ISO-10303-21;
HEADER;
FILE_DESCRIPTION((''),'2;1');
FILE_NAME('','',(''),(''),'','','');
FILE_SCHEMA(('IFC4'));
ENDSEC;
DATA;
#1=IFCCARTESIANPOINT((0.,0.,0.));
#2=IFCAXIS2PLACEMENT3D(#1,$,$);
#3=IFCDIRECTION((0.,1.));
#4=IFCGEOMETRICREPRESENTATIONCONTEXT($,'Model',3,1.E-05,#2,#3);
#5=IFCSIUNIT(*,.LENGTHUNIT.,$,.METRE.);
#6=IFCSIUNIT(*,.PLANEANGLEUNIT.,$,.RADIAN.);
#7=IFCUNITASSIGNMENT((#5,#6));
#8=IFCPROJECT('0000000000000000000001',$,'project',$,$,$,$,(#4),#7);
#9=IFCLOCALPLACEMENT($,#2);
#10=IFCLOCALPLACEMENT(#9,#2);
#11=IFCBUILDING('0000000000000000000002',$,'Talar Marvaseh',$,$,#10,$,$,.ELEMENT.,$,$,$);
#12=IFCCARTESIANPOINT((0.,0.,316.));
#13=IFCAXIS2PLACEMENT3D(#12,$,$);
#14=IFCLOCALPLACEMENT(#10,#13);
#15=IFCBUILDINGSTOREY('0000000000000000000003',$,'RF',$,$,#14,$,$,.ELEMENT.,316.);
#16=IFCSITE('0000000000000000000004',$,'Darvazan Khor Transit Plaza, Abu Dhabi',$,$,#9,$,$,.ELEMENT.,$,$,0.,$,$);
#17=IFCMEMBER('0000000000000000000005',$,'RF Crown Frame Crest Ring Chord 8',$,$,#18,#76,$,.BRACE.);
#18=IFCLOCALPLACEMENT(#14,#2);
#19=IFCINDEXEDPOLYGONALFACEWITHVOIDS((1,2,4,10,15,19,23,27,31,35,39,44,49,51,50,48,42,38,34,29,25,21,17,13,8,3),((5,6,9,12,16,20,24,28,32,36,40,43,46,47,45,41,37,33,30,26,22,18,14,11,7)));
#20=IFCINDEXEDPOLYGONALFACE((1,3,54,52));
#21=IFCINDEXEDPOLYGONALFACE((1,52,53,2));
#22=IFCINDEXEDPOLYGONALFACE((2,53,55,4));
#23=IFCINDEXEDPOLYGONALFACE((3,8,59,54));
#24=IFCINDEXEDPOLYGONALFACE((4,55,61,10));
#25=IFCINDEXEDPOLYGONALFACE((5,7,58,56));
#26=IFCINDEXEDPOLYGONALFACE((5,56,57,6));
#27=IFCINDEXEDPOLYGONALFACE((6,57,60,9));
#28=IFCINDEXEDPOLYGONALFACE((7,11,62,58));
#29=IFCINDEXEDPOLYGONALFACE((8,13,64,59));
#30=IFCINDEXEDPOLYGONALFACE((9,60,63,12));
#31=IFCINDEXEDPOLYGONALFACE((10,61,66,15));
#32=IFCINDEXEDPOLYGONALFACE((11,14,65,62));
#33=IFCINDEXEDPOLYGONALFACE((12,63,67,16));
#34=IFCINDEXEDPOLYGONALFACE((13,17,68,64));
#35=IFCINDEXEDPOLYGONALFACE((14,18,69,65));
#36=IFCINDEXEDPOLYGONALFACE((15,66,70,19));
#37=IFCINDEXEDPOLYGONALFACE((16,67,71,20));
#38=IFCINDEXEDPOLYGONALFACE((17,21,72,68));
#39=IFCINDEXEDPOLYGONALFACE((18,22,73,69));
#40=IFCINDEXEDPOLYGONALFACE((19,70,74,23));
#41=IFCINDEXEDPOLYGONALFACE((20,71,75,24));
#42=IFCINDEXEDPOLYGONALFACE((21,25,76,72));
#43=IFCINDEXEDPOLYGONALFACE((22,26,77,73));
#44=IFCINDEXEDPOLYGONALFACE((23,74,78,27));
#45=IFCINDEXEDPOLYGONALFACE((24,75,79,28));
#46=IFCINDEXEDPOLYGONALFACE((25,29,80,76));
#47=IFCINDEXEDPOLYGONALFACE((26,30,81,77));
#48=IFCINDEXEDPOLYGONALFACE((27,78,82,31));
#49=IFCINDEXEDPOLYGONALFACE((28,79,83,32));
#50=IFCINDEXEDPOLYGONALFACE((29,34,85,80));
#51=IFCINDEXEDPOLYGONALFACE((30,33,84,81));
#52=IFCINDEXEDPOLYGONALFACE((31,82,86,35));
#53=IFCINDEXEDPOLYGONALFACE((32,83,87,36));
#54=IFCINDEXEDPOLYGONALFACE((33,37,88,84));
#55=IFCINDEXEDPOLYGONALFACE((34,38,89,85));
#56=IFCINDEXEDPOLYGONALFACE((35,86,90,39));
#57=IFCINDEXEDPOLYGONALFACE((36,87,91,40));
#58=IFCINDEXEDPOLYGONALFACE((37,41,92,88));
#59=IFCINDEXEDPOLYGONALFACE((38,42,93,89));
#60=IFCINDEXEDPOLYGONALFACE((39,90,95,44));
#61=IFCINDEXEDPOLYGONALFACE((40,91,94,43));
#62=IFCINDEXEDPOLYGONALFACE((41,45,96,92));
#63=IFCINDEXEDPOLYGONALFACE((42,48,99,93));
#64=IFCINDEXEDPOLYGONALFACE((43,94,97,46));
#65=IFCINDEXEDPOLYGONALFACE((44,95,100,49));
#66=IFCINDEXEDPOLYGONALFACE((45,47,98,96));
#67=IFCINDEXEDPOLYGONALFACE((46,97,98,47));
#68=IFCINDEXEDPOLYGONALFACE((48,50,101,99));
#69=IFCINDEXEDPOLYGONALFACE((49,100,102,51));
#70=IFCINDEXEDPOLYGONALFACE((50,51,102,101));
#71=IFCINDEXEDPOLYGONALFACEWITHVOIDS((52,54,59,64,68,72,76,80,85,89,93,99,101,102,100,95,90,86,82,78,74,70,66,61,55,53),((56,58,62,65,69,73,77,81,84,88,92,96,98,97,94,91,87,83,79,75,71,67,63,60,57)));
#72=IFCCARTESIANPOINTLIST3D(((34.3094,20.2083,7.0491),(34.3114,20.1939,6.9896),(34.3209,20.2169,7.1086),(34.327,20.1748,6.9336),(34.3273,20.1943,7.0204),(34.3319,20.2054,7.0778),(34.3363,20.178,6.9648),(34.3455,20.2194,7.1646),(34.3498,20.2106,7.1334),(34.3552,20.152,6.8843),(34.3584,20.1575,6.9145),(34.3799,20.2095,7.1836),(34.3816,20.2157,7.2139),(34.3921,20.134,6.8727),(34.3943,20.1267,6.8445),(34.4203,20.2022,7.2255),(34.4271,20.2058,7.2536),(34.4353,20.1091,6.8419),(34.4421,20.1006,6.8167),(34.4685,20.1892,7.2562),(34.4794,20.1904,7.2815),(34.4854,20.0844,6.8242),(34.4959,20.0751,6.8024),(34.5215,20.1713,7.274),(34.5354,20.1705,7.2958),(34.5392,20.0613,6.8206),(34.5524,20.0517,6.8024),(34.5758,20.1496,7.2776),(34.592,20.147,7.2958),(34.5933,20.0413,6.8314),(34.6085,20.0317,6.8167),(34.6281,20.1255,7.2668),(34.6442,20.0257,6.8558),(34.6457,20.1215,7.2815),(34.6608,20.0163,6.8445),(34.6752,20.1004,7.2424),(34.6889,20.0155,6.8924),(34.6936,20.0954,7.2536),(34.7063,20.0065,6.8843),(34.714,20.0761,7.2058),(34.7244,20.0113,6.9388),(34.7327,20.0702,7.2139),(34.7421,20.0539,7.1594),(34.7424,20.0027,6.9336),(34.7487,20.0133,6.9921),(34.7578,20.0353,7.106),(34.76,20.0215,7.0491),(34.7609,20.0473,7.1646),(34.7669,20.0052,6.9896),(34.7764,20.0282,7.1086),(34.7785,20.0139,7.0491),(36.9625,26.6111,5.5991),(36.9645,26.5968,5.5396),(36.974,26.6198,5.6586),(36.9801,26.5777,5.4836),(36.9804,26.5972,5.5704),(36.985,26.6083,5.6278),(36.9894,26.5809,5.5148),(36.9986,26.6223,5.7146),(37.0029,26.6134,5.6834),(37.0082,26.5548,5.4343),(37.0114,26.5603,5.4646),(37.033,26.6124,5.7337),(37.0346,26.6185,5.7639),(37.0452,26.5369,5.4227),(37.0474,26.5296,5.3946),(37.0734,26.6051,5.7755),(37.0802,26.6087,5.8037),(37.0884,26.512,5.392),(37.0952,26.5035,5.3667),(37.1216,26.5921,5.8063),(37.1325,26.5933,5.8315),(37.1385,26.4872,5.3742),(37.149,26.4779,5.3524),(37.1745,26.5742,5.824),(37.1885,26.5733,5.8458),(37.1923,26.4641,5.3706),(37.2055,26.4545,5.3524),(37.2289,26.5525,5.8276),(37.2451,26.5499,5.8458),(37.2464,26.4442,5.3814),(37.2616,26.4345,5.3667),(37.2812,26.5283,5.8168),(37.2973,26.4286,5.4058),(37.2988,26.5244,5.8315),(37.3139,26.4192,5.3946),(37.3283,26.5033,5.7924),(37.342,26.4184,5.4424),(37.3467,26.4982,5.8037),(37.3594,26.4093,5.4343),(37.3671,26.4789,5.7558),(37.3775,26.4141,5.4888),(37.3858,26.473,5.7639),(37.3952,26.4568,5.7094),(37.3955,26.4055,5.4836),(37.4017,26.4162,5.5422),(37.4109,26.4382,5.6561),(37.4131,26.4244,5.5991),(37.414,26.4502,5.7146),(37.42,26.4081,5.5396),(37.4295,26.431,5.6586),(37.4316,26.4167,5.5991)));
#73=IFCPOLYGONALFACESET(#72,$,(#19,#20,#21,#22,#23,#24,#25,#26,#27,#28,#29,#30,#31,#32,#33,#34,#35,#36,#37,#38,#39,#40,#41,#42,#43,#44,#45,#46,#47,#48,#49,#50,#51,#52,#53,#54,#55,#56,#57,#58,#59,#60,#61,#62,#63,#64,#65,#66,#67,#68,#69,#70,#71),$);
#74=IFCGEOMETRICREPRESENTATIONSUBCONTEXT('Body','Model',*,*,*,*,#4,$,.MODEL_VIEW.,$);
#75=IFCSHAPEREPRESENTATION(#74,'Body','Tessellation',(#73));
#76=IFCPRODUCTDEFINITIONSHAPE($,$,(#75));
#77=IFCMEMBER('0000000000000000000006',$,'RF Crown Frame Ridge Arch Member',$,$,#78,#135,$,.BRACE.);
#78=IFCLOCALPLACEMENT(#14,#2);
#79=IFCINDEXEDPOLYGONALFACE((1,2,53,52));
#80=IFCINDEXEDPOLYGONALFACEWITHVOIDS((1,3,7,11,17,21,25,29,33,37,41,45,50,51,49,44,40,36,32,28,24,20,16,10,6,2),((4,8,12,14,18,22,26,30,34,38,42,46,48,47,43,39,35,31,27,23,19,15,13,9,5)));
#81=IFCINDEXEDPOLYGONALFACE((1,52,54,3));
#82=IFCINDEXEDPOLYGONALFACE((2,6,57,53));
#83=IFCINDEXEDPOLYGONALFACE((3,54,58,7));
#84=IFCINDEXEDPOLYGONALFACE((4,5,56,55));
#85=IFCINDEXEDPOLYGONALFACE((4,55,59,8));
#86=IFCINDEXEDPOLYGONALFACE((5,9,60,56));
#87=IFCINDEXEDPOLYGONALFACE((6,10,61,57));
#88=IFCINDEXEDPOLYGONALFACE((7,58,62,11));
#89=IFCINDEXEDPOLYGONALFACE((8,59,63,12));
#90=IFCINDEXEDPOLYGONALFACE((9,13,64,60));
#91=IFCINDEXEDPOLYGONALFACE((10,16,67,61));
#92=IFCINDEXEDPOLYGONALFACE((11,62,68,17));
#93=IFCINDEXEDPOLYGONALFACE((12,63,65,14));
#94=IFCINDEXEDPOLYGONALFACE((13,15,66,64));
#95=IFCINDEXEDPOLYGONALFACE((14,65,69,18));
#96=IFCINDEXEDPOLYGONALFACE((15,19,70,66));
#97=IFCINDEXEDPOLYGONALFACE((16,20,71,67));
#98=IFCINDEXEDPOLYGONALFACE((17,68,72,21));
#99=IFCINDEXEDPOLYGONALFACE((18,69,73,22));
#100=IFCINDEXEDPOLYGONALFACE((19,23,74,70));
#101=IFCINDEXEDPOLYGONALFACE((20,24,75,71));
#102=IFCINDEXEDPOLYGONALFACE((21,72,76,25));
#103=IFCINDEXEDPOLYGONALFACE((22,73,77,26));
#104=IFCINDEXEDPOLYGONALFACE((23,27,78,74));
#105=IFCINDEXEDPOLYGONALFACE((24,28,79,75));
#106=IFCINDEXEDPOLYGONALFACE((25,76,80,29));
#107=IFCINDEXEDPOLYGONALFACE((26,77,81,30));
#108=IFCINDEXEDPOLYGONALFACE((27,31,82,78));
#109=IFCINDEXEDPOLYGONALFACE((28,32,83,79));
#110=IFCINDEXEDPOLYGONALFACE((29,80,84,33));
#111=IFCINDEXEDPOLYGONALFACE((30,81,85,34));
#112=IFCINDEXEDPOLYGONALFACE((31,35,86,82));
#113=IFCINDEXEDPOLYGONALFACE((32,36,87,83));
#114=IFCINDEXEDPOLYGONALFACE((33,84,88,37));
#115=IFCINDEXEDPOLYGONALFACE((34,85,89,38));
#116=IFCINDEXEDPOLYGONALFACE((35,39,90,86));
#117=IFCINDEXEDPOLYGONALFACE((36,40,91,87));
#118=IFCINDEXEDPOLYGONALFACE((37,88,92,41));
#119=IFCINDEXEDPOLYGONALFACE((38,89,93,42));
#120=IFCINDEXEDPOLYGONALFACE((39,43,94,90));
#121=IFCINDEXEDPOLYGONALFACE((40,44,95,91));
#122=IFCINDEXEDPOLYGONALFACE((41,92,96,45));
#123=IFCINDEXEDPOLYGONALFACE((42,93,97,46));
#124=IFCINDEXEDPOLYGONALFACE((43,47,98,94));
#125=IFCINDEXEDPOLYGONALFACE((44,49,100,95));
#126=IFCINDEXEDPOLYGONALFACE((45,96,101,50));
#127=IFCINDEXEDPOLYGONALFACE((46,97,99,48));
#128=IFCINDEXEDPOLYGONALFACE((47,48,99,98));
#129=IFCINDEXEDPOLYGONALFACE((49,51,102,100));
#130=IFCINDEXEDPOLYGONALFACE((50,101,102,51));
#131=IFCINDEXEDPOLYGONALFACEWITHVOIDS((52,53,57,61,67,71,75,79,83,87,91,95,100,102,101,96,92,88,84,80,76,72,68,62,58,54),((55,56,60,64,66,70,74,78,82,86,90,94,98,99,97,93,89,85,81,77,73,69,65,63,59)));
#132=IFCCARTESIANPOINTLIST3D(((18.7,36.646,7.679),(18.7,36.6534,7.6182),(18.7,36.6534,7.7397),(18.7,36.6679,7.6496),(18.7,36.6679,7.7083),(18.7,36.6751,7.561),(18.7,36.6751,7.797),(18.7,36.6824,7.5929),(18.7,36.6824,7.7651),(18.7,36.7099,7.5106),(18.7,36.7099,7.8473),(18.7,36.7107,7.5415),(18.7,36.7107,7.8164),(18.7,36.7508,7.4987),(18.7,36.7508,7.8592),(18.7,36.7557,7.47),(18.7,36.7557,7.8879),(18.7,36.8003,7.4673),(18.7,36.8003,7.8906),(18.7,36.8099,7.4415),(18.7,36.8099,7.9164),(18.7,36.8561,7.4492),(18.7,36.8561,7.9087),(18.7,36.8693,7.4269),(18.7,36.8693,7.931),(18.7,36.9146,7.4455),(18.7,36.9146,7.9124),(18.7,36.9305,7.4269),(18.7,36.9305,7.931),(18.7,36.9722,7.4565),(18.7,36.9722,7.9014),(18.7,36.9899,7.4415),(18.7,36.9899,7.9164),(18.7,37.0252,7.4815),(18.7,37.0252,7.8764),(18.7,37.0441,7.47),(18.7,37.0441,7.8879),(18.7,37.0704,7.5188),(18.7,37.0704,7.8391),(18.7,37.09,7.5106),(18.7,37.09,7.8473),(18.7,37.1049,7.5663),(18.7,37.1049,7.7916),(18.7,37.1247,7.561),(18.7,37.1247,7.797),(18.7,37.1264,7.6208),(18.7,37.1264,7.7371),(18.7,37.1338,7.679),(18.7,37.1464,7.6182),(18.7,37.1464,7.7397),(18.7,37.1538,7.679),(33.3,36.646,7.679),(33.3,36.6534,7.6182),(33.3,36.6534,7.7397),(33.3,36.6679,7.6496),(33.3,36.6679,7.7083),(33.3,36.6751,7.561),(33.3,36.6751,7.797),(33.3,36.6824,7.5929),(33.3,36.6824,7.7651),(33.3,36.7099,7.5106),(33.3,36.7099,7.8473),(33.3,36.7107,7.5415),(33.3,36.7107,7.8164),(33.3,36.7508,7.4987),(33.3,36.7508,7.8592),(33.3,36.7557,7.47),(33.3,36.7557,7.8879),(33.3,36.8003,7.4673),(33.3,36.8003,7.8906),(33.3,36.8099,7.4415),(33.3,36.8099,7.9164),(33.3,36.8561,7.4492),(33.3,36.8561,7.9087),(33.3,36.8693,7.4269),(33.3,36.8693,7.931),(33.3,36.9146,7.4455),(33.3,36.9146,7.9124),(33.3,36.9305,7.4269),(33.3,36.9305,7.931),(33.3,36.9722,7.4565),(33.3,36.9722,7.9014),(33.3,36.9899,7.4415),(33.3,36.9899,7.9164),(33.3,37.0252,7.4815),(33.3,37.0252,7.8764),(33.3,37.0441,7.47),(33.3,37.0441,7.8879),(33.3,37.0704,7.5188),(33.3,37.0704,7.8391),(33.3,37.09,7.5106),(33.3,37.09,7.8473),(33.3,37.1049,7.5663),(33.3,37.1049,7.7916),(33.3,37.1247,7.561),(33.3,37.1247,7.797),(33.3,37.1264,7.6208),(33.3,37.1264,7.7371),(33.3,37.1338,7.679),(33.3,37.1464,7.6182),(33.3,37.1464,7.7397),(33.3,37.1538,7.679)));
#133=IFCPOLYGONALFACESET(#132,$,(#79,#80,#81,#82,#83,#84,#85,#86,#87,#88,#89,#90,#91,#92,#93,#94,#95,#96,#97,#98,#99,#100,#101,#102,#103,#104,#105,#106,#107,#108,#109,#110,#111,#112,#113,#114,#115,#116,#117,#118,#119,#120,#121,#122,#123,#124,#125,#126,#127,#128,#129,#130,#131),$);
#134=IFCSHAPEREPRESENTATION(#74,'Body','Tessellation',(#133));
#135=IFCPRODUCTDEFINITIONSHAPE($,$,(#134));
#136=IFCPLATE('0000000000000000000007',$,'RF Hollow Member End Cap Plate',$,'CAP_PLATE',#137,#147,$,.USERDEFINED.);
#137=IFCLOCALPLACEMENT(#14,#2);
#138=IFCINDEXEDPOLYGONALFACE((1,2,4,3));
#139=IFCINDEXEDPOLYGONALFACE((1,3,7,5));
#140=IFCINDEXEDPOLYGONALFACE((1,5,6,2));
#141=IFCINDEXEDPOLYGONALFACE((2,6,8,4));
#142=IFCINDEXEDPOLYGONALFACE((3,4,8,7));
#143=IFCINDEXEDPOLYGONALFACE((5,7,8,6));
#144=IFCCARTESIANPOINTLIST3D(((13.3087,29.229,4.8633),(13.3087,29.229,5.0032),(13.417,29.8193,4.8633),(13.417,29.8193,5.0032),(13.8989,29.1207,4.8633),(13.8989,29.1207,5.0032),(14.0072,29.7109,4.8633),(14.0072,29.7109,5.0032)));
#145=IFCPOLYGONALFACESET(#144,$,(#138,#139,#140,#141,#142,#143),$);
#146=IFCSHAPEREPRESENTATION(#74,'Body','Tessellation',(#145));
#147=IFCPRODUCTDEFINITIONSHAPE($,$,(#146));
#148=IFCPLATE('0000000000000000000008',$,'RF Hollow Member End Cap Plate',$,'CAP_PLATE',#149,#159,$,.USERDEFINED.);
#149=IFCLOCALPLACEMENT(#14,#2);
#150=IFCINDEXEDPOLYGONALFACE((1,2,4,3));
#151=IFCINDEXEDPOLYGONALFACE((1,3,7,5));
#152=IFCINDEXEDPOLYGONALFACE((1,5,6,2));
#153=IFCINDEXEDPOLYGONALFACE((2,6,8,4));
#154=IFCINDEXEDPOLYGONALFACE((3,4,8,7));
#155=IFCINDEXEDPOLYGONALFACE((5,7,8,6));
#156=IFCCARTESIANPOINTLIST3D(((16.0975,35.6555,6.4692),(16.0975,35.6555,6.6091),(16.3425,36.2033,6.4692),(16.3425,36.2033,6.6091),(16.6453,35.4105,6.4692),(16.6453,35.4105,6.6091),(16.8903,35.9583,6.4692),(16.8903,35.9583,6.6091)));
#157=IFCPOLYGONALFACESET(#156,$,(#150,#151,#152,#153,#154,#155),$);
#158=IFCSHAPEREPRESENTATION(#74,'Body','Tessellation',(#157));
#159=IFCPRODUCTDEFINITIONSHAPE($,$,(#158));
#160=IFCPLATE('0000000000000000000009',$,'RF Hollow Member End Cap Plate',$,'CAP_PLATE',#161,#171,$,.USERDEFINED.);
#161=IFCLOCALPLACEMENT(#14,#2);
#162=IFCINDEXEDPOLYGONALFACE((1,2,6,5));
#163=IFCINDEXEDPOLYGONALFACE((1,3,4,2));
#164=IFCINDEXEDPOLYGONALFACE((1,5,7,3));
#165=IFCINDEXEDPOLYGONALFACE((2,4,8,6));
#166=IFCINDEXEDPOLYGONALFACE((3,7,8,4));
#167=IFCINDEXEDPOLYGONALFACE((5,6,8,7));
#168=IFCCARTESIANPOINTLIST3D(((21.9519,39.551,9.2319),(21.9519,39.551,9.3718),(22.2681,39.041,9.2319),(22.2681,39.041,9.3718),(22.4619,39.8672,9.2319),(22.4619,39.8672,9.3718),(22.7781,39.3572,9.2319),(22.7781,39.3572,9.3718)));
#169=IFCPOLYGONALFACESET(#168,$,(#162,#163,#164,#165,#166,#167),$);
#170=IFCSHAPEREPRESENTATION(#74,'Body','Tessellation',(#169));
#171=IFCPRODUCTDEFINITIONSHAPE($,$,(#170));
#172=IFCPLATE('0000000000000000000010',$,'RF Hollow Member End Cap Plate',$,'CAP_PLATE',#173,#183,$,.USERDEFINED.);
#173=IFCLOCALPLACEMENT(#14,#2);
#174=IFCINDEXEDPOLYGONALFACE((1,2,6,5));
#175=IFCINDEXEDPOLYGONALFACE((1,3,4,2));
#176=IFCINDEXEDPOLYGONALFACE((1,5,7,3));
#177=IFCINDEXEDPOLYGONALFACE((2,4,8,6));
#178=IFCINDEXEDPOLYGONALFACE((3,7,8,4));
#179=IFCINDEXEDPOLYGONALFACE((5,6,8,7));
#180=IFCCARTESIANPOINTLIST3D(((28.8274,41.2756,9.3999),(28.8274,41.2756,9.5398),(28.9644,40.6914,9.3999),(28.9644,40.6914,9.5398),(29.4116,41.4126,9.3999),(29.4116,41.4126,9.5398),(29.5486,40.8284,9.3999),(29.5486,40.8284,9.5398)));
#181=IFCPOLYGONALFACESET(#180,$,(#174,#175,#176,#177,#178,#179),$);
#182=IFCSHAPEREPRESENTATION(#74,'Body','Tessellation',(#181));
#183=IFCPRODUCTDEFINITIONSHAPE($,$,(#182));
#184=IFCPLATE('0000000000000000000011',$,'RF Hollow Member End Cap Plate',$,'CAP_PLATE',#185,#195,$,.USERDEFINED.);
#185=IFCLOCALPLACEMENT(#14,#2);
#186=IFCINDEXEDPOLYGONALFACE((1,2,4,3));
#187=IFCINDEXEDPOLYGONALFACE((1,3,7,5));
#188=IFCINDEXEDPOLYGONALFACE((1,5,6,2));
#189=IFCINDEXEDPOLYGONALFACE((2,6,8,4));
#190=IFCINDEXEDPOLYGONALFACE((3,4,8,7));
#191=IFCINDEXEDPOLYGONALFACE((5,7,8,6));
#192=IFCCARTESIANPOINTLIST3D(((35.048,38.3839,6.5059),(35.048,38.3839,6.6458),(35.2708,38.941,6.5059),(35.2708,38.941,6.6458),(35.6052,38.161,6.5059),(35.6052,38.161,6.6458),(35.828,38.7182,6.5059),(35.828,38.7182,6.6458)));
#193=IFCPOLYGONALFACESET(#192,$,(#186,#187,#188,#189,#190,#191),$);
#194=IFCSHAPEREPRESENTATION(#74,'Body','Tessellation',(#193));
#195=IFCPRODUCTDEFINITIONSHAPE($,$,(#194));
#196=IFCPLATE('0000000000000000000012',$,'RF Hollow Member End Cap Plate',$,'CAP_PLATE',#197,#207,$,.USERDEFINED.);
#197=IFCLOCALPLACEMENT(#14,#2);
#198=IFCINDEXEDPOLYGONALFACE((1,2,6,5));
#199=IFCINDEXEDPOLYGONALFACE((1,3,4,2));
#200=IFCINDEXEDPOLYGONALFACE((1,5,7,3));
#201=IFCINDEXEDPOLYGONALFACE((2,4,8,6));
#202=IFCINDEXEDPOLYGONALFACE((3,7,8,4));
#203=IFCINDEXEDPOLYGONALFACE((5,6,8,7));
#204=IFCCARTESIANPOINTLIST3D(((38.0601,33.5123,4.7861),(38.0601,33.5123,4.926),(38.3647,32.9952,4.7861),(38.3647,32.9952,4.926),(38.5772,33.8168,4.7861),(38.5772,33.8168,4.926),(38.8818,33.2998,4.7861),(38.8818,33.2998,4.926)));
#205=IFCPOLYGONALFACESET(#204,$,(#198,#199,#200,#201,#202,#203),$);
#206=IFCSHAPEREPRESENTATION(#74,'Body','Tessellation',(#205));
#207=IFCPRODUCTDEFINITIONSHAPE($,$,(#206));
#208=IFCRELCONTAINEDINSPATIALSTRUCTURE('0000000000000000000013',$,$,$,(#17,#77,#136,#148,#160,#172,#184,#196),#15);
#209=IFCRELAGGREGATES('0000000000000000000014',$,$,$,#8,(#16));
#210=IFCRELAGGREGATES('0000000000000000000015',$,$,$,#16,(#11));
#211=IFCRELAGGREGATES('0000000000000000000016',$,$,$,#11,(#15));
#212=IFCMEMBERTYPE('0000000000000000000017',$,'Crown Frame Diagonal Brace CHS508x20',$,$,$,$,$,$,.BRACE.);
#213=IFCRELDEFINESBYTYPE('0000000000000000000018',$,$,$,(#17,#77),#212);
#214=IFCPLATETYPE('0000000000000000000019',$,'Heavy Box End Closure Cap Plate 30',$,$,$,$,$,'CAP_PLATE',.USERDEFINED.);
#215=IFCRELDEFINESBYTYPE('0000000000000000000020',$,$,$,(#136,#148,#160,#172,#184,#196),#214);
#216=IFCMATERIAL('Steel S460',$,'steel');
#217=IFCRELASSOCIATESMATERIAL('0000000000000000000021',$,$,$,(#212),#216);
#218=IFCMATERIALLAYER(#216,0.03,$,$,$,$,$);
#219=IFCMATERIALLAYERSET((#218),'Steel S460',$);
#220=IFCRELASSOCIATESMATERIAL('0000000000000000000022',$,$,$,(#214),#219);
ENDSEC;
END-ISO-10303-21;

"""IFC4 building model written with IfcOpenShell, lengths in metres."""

from ifc_helpers import new_model, si_unit, direction, frame, origin, origin_2d, place, context, subcontext, project, spatial, rectangle, hollow_circle, extrude, source, transform, mapped, material, layer, layer_set, material_profile, profile_set, type_object, element, save


model = new_model("IFC4")

# Units and contexts
model_context = context("Model", 3, precision=1e-05, world=origin(), true_north=direction((0.0, 1.0)))
body_context = subcontext(model_context, "Body", "Model", "MODEL_VIEW")
ifc_project = project(units=[si_unit("LENGTHUNIT", "METRE"), si_unit("PLANEANGLEUNIT", "RADIAN")], contexts=[model_context])

# Site, building, storey
site_placement = place(None, origin())
site = spatial("IfcSite", under=ifc_project, at=site_placement, Name="Darvazan Khor Transit Plaza, Abu Dhabi", CompositionType="ELEMENT", RefElevation=0.0)
building_placement = place(site_placement, origin())
building = spatial("IfcBuilding", under=site, at=building_placement, Name="Talar Marvaseh", CompositionType="ELEMENT")
storey_placement = place(building_placement, frame((0.0, 0.0, 316.0)))
storey = spatial("IfcBuildingStorey", under=building, at=storey_placement, Name="RF", CompositionType="ELEMENT", Elevation=316.0)

# Shared definitions
ifc_material_1 = material(Name="Steel S460", Category="steel")

# Members
ifc_material_profile_1 = material_profile(ifc_material_1, hollow_circle(Radius=0.2539, WallThickness=0.02, at=origin_2d()), Name="CHS508x20")
ifc_profile_set_1 = profile_set([ifc_material_profile_1], Name="Steel S460")
member_type = type_object("IfcMemberType", Name="Crown Frame Diagonal Brace CHS508x20", PredefinedType="BRACE", material=ifc_profile_set_1)
shared_shape_1 = source(origin(), body_context, "Body", "SweptSolid", [
    extrude(hollow_circle(Radius=0.2539, WallThickness=0.02, at=origin_2d()), origin(), (0.0, 0.0, 1.0), 7.0808),
])
member_1_placement = place(storey_placement, frame((37.197, 26.5139, 5.5991), z_axis=(-0.374687, -0.904255, 0.204773), x_axis=(0.923832, -0.382799, 0.0)))
element("IfcMember", 1, at=member_1_placement, inside=storey, type_object=member_type, Name="RF Crown Frame Crest Ring Chord 8", PredefinedType="BRACE", context=body_context, shape_type="MappedRepresentation", body=[
    mapped(shared_shape_1, transform((0.0, 0.0, 0.0), x_axis=(1.0, 0.0, 0.0), y_axis=(0.0, 1.0, 0.0), z_axis=(0.0, 0.0, 1.0), scale=1.0)),
])
shared_shape_2 = source(origin(), body_context, "Body", "SweptSolid", [
    extrude(hollow_circle(Radius=0.2539, WallThickness=0.02, at=origin_2d()), origin(), (0.0, 0.0, 1.0), 14.6001),
])
member_2_placement = place(storey_placement, frame((18.7, 36.8999, 7.679), z_axis=(1.0, 0.0, 0.0), x_axis=(0.0, 1.0, 0.0)))
element("IfcMember", 2, at=member_2_placement, inside=storey, type_object=member_type, Name="RF Crown Frame Ridge Arch Member", PredefinedType="BRACE", context=body_context, shape_type="MappedRepresentation", body=[
    mapped(shared_shape_2, transform((0.0, 0.0, 0.0), x_axis=(1.0, 0.0, 0.0), y_axis=(0.0, 1.0, 0.0), z_axis=(0.0, 0.0, 1.0), scale=1.0)),
])

# Plates
ifc_layer = layer(ifc_material_1, 0.03)
ifc_layer_set = layer_set([ifc_layer], Name="Steel S460")
plate_type = type_object("IfcPlateType", Name="Heavy Box End Closure Cap Plate 30", ElementType="CAP_PLATE", PredefinedType="USERDEFINED", material=ifc_layer_set)
shared_shape_3 = source(origin(), body_context, "Body", "SweptSolid", [
    extrude(rectangle(XDim=0.6001, YDim=0.6001, at=origin_2d()), origin(), (0.0, 0.0, 1.0), 0.1399),
])
for number, where, z_axis, x_axis, name in (
    (3, (13.658, 29.47, 4.8633), (0.0, 0.0, 1.0), (0.180519, 0.983571, 0.0), "RF Hollow Member End Cap Plate"),
    (4, (16.4939, 35.8069, 6.4692), (0.0, 0.0, 1.0), (0.40833, 0.912834, 0.0), "RF Hollow Member End Cap Plate"),
    (5, (22.365, 39.4541, 9.2319), (0.0, 0.0, 1.0), (0.849893, 0.526956, 0.0), "RF Hollow Member End Cap Plate"),
    (6, (29.188, 41.052, 9.3999), (0.0, 0.0, 1.0), (0.973579, 0.228351, 0.0), "RF Hollow Member End Cap Plate"),
    (7, (35.438, 38.551, 6.5059), (0.0, 0.0, 1.0), (0.928486, -0.371368, 0.0), "RF Hollow Member End Cap Plate"),
    (8, (38.4709, 33.406, 4.7861), (0.0, 0.0, 1.0), (0.507538, -0.861629, 0.0), "RF Hollow Member End Cap Plate"),
):
    element("IfcPlate", number, at=place(storey_placement, frame(where, z_axis=z_axis, x_axis=x_axis)), inside=storey, type_object=plate_type, Name=name, ObjectType="CAP_PLATE", PredefinedType="USERDEFINED", context=body_context, shape_type="MappedRepresentation", body=[
        mapped(shared_shape_3, transform((0.0, 0.0, 0.0), x_axis=(1.0, 0.0, 0.0), y_axis=(0.0, 1.0, 0.0), z_axis=(0.0, 0.0, 1.0), scale=1.0)),
    ])

save(model, "model.ifc")
